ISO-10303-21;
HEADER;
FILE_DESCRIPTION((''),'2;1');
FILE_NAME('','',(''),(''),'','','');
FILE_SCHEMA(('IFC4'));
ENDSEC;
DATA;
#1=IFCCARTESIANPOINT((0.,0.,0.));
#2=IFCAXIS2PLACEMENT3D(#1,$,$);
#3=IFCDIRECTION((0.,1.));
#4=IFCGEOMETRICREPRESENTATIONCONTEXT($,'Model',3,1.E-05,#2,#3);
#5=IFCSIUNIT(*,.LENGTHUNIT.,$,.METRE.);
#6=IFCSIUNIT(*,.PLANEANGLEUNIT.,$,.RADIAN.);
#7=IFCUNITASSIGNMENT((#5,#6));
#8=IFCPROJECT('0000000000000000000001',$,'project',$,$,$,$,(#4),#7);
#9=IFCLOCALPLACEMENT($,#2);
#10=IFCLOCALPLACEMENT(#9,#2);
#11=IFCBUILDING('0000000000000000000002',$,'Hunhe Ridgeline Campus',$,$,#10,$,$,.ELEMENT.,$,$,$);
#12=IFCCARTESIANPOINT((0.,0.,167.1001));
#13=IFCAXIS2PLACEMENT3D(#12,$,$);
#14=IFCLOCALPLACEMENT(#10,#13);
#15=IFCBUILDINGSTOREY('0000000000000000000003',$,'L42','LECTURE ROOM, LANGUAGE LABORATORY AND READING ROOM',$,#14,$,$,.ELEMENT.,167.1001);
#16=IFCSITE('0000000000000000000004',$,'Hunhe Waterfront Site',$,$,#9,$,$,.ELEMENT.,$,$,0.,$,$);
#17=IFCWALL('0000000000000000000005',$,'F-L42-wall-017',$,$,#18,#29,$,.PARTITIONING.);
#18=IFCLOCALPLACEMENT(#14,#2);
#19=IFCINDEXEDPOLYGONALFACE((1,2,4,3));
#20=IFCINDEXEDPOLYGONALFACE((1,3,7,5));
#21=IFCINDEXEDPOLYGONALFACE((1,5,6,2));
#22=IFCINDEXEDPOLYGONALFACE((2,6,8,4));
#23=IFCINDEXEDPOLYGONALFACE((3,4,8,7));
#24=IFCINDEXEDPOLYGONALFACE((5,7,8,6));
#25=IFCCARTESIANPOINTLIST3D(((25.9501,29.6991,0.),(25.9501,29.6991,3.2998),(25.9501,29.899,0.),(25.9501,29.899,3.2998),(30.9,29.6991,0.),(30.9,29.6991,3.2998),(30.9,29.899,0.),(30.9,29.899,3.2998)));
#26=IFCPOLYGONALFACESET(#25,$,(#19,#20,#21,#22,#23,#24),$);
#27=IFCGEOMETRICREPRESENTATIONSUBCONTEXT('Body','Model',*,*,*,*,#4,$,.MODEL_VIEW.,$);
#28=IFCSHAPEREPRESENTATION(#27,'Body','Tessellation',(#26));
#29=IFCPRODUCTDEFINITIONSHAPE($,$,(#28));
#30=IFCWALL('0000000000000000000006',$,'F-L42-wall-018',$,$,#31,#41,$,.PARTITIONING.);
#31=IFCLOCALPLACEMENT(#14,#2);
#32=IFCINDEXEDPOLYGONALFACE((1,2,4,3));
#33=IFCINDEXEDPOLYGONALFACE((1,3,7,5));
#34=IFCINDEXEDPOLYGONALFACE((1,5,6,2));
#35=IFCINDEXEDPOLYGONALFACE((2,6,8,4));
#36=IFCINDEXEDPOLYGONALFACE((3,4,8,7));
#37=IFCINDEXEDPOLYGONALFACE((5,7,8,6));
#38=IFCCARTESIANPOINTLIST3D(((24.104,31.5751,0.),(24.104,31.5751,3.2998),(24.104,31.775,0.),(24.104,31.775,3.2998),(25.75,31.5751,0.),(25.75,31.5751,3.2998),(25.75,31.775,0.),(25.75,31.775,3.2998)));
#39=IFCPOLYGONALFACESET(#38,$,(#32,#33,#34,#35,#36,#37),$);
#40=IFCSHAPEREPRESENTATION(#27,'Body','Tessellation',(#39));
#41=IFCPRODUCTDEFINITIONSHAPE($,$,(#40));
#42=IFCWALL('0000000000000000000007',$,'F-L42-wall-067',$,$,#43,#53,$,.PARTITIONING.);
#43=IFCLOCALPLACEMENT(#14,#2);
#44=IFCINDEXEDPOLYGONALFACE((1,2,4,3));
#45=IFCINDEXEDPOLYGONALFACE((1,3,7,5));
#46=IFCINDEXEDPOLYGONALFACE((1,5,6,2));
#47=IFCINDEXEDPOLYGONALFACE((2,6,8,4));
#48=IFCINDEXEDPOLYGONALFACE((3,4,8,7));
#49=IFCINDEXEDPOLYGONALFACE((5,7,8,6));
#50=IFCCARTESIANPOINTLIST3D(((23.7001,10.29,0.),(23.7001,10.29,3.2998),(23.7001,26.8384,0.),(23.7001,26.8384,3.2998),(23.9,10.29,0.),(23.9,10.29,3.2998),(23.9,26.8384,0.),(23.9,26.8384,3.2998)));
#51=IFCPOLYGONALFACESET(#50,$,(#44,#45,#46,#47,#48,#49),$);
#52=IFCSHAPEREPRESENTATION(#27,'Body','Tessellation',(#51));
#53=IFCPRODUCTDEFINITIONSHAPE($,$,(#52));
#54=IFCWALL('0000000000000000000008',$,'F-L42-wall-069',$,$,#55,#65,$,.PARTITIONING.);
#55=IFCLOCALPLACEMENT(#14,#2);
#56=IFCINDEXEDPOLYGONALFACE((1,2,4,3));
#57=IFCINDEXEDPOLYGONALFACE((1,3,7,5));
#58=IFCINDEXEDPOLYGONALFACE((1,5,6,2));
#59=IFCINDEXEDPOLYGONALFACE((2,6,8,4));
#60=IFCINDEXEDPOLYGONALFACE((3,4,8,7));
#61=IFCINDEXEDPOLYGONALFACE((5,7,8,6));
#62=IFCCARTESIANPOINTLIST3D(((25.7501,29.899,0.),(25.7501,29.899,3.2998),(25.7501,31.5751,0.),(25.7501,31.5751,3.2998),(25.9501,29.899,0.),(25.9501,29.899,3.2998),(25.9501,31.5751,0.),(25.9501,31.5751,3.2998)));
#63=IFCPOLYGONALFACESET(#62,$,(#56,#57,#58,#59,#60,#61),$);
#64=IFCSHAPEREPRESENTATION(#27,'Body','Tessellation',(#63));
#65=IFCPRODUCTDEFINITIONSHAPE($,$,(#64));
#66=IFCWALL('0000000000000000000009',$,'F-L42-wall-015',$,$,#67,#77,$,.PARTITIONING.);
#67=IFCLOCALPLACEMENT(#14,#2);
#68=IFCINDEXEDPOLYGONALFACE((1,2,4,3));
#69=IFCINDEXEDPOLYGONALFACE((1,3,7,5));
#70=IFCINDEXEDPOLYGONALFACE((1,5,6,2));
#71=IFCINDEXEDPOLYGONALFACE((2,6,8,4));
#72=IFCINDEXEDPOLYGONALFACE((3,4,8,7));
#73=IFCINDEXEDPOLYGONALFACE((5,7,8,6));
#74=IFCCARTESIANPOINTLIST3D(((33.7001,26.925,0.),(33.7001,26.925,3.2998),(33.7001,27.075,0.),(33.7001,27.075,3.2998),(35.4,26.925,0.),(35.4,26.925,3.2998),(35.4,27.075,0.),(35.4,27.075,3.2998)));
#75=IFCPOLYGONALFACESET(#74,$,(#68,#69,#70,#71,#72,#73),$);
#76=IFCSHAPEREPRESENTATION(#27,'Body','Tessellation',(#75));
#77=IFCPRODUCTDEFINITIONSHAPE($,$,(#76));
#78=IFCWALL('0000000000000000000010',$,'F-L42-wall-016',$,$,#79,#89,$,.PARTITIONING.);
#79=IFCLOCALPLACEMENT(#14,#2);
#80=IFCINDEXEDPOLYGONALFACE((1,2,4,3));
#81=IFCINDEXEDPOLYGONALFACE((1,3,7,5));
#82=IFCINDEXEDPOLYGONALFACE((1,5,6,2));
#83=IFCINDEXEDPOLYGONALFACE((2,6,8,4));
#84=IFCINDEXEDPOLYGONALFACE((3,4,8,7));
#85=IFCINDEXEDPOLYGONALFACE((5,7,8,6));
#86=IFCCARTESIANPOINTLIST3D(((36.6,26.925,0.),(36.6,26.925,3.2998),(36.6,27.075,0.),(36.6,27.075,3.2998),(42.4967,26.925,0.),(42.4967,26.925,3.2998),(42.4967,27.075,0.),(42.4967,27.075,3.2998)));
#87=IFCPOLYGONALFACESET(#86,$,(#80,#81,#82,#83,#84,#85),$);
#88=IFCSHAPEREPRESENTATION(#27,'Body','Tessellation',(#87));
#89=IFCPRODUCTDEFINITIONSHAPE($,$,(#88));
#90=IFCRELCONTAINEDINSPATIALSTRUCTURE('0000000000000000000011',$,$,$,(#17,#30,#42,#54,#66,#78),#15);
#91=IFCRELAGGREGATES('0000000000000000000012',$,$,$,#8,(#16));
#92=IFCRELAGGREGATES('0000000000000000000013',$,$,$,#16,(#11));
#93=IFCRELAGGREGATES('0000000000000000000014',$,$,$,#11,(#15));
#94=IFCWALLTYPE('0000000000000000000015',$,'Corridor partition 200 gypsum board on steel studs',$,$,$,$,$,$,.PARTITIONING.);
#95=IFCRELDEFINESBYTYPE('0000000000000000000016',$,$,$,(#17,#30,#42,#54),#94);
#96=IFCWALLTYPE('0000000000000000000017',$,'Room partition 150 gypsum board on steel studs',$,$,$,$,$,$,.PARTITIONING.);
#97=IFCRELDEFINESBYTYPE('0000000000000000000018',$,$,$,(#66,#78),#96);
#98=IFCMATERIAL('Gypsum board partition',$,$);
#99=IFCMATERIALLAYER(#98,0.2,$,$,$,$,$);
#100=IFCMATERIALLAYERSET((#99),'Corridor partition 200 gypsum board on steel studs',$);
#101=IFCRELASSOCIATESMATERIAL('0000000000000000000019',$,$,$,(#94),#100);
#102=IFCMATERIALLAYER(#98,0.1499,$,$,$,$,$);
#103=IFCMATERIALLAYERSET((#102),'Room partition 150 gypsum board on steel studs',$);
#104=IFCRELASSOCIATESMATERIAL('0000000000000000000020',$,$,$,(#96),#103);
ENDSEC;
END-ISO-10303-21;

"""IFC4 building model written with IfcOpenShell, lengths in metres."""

from ifc_helpers import new_model, si_unit, direction, frame, frame_2d, origin, place, context, subcontext, project, spatial, rectangle, extrude, material, layer, layer_set, type_object, element, save


model = new_model("IFC4")

# Units and contexts
model_context = context("Model", 3, precision=1e-05, world=origin(), true_north=direction((0.0, 1.0)))
body_context = subcontext(model_context, "Body", "Model", "MODEL_VIEW")
ifc_project = project(units=[si_unit("LENGTHUNIT", "METRE"), si_unit("PLANEANGLEUNIT", "RADIAN")], contexts=[model_context])

# Site, building, storey
site_placement = place(None, origin())
site = spatial("IfcSite", under=ifc_project, at=site_placement, Name="Hunhe Waterfront Site", CompositionType="ELEMENT", RefElevation=0.0)
building_placement = place(site_placement, origin())
building = spatial("IfcBuilding", under=site, at=building_placement, Name="Hunhe Ridgeline Campus", CompositionType="ELEMENT")
storey_placement = place(building_placement, frame((0.0, 0.0, 167.1001)))
storey = spatial("IfcBuildingStorey", under=building, at=storey_placement, Name="L42", Description="LECTURE ROOM, LANGUAGE LABORATORY AND READING ROOM", CompositionType="ELEMENT", Elevation=167.1001)

# Walls
ifc_material_1 = material(Name="Gypsum board partition")
ifc_layer_1 = layer(ifc_material_1, 0.2)
ifc_layer_set_1 = layer_set([ifc_layer_1], Name="Corridor partition 200 gypsum board on steel studs")
wall_type_1 = type_object("IfcWallType", Name="Corridor partition 200 gypsum board on steel studs", PredefinedType="PARTITIONING", material=ifc_layer_set_1)
wall_1_placement = place(storey_placement, frame((25.95, 29.7991, 0.0), z_axis=(0.0, 0.0, 1.0), x_axis=(1.0, 0.0, 0.0)))
element("IfcWall", 1, at=wall_1_placement, inside=storey, type_object=wall_type_1, Name="F-L42-wall-017", PredefinedType="PARTITIONING", context=body_context, shape_type="SweptSolid", body=[
    extrude(rectangle(XDim=4.95, YDim=0.2, at=frame_2d((2.4751, 0.0))), origin(), (0.0, 0.0, 1.0), 3.2998),
])
wall_2_placement = place(storey_placement, frame((24.104, 31.675, 0.0), z_axis=(0.0, 0.0, 1.0), x_axis=(1.0, 0.0, 0.0)))
element("IfcWall", 2, at=wall_2_placement, inside=storey, type_object=wall_type_1, Name="F-L42-wall-018", PredefinedType="PARTITIONING", context=body_context, shape_type="SweptSolid", body=[
    extrude(rectangle(XDim=1.646, YDim=0.2, at=frame_2d((0.823, 0.0))), origin(), (0.0, 0.0, 1.0), 3.2998),
])
wall_3_placement = place(storey_placement, frame((23.8, 26.8384, 0.0), z_axis=(0.0, 0.0, 1.0), x_axis=(0.0, -1.0, 0.0)))
element("IfcWall", 3, at=wall_3_placement, inside=storey, type_object=wall_type_1, Name="F-L42-wall-067", PredefinedType="PARTITIONING", context=body_context, shape_type="SweptSolid", body=[
    extrude(rectangle(XDim=16.5483, YDim=0.2, at=frame_2d((8.2742, 0.0))), origin(), (0.0, 0.0, 1.0), 3.2998),
])
wall_4_placement = place(storey_placement, frame((25.8501, 31.575, 0.0), z_axis=(0.0, 0.0, 1.0), x_axis=(0.0, -1.0, 0.0)))
element("IfcWall", 4, at=wall_4_placement, inside=storey, type_object=wall_type_1, Name="F-L42-wall-069", PredefinedType="PARTITIONING", context=body_context, shape_type="SweptSolid", body=[
    extrude(rectangle(XDim=1.676, YDim=0.2, at=frame_2d((0.8379, 0.0))), origin(), (0.0, 0.0, 1.0), 3.2998),
])

# Walls
ifc_layer_2 = layer(ifc_material_1, 0.1499)
ifc_layer_set_2 = layer_set([ifc_layer_2], Name="Room partition 150 gypsum board on steel studs")
wall_type_2 = type_object("IfcWallType", Name="Room partition 150 gypsum board on steel studs", PredefinedType="PARTITIONING", material=ifc_layer_set_2)
wall_5_placement = place(storey_placement, frame((33.7, 27.0, 0.0), z_axis=(0.0, 0.0, 1.0), x_axis=(1.0, 0.0, 0.0)))
element("IfcWall", 5, at=wall_5_placement, inside=storey, type_object=wall_type_2, Name="F-L42-wall-015", PredefinedType="PARTITIONING", context=body_context, shape_type="SweptSolid", body=[
    extrude(rectangle(XDim=1.7, YDim=0.1499, at=frame_2d((0.8501, 0.0))), origin(), (0.0, 0.0, 1.0), 3.2998),
])
wall_6_placement = place(storey_placement, frame((36.6001, 27.0, 0.0), z_axis=(0.0, 0.0, 1.0), x_axis=(1.0, 0.0, 0.0)))
element("IfcWall", 6, at=wall_6_placement, inside=storey, type_object=wall_type_2, Name="F-L42-wall-016", PredefinedType="PARTITIONING", context=body_context, shape_type="SweptSolid", body=[
    extrude(rectangle(XDim=5.8967, YDim=0.1499, at=frame_2d((2.9482, 0.0))), origin(), (0.0, 0.0, 1.0), 3.2998),
])

save(model, "model.ifc")
